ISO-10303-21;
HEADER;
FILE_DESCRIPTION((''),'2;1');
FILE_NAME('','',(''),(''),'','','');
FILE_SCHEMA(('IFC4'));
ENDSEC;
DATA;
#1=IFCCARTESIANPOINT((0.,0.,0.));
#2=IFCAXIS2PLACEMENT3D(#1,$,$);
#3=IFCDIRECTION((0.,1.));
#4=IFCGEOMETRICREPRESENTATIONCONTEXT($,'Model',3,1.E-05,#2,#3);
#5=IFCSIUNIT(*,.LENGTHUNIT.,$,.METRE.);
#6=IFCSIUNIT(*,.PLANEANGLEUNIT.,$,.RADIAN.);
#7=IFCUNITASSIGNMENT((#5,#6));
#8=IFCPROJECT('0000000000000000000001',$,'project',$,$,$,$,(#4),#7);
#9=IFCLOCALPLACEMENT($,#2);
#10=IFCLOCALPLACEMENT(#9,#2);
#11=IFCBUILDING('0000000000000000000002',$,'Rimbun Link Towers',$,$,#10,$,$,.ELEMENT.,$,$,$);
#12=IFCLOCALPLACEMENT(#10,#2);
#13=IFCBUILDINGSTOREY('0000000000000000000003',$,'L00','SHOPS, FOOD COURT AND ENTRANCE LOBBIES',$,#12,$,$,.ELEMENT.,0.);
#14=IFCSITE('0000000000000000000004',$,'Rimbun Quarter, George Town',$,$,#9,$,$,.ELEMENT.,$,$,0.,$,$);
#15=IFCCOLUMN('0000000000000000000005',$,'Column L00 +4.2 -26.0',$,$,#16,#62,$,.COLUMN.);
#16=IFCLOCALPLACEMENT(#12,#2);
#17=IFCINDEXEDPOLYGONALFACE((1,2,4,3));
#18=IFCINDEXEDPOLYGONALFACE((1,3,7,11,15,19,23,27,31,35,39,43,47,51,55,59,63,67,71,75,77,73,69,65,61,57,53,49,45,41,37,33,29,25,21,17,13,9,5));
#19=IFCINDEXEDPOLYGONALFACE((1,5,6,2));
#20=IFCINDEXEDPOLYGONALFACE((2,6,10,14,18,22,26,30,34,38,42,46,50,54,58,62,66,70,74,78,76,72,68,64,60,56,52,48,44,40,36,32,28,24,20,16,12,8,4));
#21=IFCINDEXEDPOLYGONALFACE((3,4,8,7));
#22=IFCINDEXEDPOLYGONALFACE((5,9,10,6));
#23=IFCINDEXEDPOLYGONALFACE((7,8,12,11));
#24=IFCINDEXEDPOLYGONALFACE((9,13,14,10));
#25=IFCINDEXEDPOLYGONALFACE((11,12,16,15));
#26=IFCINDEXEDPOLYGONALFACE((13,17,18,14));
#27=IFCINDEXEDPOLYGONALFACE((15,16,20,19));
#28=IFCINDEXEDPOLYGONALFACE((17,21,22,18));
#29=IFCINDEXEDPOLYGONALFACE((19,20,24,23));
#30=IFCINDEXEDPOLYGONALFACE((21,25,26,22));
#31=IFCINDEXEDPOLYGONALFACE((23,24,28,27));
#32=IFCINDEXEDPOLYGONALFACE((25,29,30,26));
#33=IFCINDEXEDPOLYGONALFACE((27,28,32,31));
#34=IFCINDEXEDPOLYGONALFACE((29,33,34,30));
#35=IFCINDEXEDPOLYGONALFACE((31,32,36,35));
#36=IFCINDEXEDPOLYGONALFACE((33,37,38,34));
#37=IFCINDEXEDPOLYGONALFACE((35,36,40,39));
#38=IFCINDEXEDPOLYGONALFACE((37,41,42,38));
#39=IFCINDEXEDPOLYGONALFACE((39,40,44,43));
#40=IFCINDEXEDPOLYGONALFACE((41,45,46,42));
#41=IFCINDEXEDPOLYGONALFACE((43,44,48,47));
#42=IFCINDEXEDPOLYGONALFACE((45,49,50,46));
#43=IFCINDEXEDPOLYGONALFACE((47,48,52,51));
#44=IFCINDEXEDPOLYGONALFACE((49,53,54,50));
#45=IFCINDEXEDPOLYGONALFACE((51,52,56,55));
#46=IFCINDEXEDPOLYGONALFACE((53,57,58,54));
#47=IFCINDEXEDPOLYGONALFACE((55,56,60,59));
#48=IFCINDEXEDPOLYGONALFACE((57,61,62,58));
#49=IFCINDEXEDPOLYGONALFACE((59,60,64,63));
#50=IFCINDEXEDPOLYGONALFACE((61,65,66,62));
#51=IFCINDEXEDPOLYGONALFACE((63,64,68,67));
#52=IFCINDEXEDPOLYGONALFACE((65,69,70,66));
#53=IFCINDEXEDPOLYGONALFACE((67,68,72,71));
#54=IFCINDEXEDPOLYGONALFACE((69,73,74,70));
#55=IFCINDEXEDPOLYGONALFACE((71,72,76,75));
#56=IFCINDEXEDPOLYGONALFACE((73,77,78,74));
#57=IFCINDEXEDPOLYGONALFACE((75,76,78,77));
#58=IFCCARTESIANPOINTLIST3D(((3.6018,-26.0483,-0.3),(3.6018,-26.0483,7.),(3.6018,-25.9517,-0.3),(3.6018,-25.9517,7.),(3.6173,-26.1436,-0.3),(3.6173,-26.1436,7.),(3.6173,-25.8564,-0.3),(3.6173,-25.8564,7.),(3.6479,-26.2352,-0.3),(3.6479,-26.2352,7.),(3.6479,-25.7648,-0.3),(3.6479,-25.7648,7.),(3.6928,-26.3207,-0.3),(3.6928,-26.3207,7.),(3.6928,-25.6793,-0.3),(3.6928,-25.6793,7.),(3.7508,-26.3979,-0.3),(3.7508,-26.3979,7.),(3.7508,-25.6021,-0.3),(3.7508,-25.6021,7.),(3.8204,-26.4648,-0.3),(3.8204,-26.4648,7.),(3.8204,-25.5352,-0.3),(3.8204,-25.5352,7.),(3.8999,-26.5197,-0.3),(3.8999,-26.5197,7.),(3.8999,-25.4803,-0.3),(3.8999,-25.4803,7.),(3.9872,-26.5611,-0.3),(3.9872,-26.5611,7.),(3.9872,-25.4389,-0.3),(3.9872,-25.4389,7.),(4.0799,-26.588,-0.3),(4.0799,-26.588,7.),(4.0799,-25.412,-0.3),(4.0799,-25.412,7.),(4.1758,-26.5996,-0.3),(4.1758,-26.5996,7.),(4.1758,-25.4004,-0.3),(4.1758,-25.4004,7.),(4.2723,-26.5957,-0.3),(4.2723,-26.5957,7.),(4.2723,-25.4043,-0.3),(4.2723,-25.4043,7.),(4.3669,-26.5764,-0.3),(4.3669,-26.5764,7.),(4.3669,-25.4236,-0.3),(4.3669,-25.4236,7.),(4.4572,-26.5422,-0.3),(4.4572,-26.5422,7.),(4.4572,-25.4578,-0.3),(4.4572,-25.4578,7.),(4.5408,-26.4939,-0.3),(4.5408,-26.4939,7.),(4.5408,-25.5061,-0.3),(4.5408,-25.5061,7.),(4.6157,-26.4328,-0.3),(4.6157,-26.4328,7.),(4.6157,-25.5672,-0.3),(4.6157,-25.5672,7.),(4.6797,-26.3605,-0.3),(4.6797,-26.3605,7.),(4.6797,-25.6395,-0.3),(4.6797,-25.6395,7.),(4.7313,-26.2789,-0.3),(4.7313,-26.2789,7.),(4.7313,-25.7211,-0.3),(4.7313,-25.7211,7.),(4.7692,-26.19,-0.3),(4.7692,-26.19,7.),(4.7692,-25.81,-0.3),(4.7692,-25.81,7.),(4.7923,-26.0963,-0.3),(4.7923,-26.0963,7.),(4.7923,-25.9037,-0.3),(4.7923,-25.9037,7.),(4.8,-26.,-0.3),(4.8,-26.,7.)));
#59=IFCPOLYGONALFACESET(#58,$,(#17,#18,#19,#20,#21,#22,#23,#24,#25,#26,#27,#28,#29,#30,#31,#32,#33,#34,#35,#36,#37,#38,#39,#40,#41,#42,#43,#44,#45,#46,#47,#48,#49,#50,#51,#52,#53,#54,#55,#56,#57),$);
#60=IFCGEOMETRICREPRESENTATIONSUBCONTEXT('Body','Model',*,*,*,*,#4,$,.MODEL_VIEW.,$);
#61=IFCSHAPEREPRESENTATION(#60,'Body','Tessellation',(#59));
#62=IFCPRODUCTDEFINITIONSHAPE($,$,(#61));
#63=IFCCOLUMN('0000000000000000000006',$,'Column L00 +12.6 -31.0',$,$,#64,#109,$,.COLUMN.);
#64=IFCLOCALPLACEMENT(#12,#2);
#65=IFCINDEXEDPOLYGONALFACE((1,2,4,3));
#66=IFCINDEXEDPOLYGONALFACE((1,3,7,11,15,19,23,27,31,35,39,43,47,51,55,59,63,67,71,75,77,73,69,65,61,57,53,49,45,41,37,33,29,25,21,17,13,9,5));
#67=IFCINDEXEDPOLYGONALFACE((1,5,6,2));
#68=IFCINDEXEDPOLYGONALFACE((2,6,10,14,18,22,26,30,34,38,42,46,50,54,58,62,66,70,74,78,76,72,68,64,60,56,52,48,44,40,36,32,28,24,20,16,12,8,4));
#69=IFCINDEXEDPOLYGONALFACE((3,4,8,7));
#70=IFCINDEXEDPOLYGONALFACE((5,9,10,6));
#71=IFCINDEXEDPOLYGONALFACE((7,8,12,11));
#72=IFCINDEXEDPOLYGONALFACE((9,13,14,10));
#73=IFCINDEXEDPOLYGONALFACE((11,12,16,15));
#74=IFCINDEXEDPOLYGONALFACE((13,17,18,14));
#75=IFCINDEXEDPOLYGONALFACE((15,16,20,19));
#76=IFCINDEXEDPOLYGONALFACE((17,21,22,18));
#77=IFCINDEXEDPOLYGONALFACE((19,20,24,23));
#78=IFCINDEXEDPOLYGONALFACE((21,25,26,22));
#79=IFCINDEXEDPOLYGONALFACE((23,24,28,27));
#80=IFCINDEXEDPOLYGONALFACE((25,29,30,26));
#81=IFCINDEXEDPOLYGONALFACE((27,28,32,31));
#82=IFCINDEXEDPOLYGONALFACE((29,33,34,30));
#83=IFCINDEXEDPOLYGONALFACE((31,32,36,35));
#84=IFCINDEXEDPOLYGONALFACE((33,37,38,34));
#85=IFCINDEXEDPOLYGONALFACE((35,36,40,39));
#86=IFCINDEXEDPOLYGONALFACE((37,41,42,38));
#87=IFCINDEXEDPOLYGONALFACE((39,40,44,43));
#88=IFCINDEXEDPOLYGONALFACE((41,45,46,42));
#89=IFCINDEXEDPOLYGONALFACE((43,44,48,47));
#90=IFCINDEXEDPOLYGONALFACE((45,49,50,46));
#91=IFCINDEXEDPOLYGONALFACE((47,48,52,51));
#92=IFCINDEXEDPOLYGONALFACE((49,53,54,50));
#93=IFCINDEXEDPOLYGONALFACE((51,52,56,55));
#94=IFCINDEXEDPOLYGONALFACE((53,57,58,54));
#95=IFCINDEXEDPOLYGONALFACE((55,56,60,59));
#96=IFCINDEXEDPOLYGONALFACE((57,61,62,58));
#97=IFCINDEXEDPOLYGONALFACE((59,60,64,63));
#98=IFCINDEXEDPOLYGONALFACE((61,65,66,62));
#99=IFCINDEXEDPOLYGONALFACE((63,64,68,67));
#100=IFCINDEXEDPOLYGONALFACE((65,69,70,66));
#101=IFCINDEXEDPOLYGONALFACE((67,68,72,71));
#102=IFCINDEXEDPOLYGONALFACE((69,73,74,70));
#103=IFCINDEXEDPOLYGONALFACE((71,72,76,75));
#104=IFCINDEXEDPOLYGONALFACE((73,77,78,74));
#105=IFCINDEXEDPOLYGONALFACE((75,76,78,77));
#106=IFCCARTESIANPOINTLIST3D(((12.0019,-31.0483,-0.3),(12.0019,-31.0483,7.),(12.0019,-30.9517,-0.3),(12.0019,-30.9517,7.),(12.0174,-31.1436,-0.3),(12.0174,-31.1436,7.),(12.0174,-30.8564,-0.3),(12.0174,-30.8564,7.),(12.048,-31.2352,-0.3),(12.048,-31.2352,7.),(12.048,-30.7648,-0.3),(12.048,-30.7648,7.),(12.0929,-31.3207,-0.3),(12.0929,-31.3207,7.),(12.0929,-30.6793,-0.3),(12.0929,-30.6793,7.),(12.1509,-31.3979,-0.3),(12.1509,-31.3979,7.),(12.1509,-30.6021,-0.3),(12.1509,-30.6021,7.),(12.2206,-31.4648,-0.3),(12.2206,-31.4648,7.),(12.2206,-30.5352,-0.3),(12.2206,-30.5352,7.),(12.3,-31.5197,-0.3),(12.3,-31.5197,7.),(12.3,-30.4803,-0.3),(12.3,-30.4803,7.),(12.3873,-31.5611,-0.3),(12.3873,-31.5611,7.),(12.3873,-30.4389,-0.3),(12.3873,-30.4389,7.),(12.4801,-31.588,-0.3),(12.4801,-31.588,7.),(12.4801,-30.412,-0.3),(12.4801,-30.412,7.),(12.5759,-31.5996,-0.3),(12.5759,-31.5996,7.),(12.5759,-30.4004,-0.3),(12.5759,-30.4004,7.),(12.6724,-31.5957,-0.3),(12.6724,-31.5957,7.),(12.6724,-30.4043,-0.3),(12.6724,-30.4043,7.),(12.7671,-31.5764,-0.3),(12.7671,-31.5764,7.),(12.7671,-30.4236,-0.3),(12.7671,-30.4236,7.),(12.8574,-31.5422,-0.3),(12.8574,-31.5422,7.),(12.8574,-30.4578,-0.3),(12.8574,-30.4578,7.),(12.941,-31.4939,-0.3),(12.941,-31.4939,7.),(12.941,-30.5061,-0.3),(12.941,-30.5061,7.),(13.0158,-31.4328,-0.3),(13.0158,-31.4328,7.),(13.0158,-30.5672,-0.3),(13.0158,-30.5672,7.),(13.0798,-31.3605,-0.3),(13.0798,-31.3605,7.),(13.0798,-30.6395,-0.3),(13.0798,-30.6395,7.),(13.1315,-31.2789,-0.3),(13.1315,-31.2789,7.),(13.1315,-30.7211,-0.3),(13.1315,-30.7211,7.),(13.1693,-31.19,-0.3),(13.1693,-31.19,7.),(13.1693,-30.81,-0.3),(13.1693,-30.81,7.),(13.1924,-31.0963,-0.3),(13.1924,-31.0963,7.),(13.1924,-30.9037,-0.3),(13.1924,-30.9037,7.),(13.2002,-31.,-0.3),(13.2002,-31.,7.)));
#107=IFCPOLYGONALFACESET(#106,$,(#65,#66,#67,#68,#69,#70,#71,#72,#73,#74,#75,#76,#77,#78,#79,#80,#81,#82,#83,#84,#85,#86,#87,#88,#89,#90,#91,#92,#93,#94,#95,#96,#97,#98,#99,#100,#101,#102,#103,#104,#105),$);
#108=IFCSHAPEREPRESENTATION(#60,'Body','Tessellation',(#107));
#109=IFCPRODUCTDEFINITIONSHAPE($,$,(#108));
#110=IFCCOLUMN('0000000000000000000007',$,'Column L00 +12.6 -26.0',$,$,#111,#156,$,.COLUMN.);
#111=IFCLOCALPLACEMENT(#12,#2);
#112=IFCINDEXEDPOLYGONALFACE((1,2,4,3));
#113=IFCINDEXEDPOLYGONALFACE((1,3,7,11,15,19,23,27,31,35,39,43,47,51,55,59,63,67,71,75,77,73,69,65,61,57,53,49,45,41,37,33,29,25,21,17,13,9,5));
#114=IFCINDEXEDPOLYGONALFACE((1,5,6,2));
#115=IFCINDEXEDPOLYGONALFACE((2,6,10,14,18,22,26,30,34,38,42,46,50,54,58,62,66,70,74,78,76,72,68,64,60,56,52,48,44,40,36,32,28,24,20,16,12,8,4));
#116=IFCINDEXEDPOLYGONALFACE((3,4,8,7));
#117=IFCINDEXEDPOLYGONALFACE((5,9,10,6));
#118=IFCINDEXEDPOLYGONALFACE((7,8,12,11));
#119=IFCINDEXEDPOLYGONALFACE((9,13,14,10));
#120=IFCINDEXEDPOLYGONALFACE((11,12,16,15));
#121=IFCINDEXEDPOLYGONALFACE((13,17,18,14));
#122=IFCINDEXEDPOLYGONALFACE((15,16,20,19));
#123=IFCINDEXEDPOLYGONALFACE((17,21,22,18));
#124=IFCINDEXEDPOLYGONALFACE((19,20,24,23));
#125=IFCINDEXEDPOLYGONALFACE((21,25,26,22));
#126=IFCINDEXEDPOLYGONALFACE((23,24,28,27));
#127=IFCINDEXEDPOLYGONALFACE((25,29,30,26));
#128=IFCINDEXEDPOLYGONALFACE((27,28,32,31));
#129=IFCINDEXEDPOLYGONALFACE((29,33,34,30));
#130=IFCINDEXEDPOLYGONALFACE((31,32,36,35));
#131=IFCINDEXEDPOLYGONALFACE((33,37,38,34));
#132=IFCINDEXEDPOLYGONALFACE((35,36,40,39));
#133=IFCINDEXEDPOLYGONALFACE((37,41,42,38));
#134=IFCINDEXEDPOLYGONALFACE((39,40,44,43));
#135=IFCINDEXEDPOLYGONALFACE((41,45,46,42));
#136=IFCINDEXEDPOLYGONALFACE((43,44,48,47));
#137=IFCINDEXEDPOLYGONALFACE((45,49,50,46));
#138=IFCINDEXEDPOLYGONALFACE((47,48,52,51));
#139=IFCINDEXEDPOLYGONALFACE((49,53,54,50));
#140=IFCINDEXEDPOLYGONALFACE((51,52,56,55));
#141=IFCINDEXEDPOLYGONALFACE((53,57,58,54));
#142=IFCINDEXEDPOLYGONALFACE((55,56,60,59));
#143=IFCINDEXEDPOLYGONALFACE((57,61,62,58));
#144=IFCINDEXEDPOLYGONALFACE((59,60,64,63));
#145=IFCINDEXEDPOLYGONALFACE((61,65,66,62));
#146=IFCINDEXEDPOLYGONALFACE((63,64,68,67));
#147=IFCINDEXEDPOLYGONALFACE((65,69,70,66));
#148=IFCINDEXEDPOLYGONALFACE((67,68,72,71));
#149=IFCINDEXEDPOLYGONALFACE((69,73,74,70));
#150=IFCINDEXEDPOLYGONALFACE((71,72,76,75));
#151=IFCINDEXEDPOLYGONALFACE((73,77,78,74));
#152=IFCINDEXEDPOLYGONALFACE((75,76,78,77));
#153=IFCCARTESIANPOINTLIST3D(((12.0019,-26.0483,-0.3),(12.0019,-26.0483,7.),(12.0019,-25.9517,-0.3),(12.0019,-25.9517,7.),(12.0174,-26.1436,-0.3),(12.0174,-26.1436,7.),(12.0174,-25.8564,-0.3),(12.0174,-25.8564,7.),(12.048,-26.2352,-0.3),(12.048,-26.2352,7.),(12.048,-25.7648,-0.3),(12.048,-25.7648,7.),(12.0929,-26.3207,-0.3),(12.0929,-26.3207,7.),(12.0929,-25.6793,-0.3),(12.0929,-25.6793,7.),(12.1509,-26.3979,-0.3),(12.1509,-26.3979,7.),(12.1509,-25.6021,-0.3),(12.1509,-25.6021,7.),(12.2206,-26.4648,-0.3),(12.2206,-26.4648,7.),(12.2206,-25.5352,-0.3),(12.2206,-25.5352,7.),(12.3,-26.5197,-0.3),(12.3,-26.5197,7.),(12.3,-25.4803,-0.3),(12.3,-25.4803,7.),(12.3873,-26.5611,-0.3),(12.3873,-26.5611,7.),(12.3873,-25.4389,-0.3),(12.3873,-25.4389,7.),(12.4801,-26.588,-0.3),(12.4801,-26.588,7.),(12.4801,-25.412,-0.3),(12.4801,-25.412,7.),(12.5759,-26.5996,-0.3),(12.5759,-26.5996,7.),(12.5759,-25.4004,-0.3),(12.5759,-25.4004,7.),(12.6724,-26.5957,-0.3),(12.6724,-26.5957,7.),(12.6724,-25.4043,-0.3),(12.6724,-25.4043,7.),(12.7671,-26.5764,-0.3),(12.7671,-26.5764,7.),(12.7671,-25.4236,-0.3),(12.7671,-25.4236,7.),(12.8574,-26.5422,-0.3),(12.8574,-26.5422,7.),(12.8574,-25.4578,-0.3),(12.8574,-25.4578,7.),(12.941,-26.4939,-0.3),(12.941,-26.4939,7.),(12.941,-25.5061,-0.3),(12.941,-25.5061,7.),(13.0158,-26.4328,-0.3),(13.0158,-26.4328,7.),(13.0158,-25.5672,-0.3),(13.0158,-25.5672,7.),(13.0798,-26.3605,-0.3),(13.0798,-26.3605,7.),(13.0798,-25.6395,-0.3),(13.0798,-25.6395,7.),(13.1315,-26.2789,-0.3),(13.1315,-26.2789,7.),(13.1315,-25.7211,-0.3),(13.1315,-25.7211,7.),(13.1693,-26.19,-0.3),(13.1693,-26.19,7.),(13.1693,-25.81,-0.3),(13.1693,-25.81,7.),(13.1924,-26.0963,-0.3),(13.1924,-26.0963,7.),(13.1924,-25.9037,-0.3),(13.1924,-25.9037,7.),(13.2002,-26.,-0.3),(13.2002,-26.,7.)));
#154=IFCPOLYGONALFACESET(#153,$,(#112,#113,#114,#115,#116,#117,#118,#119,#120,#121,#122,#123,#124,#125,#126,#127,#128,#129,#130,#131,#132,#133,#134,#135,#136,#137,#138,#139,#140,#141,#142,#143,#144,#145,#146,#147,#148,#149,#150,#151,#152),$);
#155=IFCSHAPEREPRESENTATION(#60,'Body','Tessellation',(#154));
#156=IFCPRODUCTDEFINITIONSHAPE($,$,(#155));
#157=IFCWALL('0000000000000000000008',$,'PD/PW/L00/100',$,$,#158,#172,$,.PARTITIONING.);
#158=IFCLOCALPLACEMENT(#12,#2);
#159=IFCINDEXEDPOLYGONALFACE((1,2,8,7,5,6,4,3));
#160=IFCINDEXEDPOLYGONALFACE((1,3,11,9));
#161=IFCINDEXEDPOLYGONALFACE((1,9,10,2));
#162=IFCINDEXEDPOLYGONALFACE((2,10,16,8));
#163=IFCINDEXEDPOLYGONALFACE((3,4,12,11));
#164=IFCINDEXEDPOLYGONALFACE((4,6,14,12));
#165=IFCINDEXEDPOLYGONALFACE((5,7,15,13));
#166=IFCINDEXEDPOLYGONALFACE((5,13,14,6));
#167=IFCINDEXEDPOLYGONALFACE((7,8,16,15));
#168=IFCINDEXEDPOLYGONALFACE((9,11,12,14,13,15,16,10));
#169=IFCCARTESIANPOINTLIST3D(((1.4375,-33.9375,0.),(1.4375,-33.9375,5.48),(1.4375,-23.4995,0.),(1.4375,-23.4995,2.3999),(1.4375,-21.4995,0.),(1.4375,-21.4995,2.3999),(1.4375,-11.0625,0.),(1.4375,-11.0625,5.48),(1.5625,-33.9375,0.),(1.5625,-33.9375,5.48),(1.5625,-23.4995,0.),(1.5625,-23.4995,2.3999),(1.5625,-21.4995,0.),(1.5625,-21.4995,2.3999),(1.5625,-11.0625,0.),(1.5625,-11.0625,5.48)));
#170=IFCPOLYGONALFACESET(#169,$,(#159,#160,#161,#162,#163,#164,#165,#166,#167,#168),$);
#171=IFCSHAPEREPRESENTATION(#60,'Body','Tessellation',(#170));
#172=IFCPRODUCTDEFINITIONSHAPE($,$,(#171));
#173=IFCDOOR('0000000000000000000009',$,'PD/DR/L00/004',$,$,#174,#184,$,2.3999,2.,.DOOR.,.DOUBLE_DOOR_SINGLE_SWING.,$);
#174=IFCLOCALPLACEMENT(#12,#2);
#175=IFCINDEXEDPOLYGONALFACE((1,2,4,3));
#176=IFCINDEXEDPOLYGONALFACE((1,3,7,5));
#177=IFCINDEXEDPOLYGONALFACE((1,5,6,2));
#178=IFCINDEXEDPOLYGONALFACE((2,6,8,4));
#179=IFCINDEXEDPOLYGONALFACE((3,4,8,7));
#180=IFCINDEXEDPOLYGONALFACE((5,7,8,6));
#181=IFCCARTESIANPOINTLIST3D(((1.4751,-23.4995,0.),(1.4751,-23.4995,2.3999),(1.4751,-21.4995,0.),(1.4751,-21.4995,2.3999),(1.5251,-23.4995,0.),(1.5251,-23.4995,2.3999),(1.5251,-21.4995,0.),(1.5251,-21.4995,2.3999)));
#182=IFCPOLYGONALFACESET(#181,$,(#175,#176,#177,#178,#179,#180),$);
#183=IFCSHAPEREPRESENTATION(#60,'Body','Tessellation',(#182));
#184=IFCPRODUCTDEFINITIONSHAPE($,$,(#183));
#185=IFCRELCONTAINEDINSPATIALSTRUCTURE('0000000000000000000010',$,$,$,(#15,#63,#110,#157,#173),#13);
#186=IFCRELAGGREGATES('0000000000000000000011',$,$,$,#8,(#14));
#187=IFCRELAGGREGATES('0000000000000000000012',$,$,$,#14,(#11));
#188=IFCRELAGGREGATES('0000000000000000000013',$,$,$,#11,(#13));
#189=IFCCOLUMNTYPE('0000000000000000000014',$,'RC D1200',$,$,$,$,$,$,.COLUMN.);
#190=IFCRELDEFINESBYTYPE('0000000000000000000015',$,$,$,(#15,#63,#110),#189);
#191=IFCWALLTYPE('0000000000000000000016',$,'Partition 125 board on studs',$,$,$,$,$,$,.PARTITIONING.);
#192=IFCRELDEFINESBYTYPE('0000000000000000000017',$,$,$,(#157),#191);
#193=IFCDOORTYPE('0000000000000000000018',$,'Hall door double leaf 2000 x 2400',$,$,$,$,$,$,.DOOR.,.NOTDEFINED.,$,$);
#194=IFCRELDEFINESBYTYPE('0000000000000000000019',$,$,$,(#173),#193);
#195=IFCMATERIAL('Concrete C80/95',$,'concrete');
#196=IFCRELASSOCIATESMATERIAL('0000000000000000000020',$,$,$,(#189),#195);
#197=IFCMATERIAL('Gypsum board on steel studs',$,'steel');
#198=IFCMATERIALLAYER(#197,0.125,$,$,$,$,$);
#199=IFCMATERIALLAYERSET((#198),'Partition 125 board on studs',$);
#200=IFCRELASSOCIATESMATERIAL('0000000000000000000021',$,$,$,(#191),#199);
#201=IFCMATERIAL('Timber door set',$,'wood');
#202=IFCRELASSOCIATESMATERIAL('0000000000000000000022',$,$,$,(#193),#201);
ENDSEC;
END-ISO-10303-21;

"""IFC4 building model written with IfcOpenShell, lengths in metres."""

from ifc_helpers import new_model, si_unit, direction, frame, frame_2d, origin, origin_2d, place, context, subcontext, project, spatial, rectangle, circle, extrude, material, layer, layer_set, material_profile, profile_set, type_object, element, fill, save


model = new_model("IFC4")

# Units and contexts
model_context = context("Model", 3, precision=1e-05, world=origin(), true_north=direction((0.0, 1.0)))
body_context = subcontext(model_context, "Body", "Model", "MODEL_VIEW")
ifc_project = project(units=[si_unit("LENGTHUNIT", "METRE"), si_unit("PLANEANGLEUNIT", "RADIAN")], contexts=[model_context])

# Site, building, storey
site_placement = place(None, origin())
site = spatial("IfcSite", under=ifc_project, at=site_placement, Name="Rimbun Quarter, George Town", CompositionType="ELEMENT", RefElevation=0.0)
building_placement = place(site_placement, origin())
building = spatial("IfcBuilding", under=site, at=building_placement, Name="Rimbun Link Towers", CompositionType="ELEMENT")
storey_placement = place(building_placement, origin())
storey = spatial("IfcBuildingStorey", under=building, at=storey_placement, Name="L00", Description="SHOPS, FOOD COURT AND ENTRANCE LOBBIES", CompositionType="ELEMENT", Elevation=0.0)

# Columns
ifc_material_1 = material(Name="Concrete C80/95", Category="concrete")
ifc_material_profile_1 = material_profile(ifc_material_1, circle(Radius=0.6001, at=origin_2d()), Name="RC D1200")
ifc_profile_set_1 = profile_set([ifc_material_profile_1], Name="Concrete C80/95")
column_type = type_object("IfcColumnType", Name="RC D1200", PredefinedType="COLUMN", material=ifc_profile_set_1)
for number, where, z_axis, x_axis, name in (
    (1, (4.2, -26.0, -0.3), (0.0, 0.0, 1.0), (1.0, 0.0, 0.0), "Column L00 +4.2 -26.0"),
    (2, (12.6001, -31.0, -0.3), (0.0, 0.0, 1.0), (1.0, 0.0, 0.0), "Column L00 +12.6 -31.0"),
    (3, (12.6001, -26.0, -0.3), (0.0, 0.0, 1.0), (1.0, 0.0, 0.0), "Column L00 +12.6 -26.0"),
):
    element("IfcColumn", number, at=place(storey_placement, frame(where, z_axis=z_axis, x_axis=x_axis)), inside=storey, type_object=column_type, Name=name, PredefinedType="COLUMN", context=body_context, shape_type="SweptSolid", body=[
        extrude(circle(Radius=0.6001, at=origin_2d()), origin(), (0.0, 0.0, 1.0), 7.3),
    ])

# Wall, opening, door
ifc_material_2 = material(Name="Gypsum board on steel studs", Category="steel")
ifc_layer = layer(ifc_material_2, 0.125)
ifc_layer_set = layer_set([ifc_layer], Name="Partition 125 board on studs")
wall_type = type_object("IfcWallType", Name="Partition 125 board on studs", PredefinedType="PARTITIONING", material=ifc_layer_set)
wall_placement = place(storey_placement, frame((1.5, -33.9375, 0.0), z_axis=(0.0, 0.0, 1.0), x_axis=(0.0, 1.0, 0.0)))
wall = element("IfcWall", 4, at=wall_placement, inside=storey, type_object=wall_type, Name="PD/PW/L00/100", PredefinedType="PARTITIONING", context=body_context, shape_type="SweptSolid", body=[
    extrude(rectangle(XDim=22.875, YDim=0.125, at=frame_2d((11.4375, 0.0))), origin(), (0.0, 0.0, 1.0), 5.48),
])
opening_placement = place(wall_placement, frame((10.438, 0.0, 0.0)))
opening = element("IfcOpeningElement", 5, at=opening_placement, cuts=wall, PredefinedType="OPENING", context=body_context, shape_type="SweptSolid", body=[
    extrude(rectangle(XDim=2.0, YDim=2.3999, at=frame_2d((1.0, 1.2))), frame((0.0, 0.0725, 0.0), z_axis=(0.0, -1.0, 0.0), x_axis=(1.0, 0.0, 0.0)), (0.0, 0.0, 1.0), 0.145),
])
ifc_material_3 = material(Name="Timber door set", Category="wood")
door_type = type_object("IfcDoorType", Name="Hall door double leaf 2000 x 2400", OperationType="NOTDEFINED", PredefinedType="DOOR", material=ifc_material_3)
door_placement = place(opening_placement, origin())
door = element("IfcDoor", 6, at=door_placement, inside=storey, type_object=door_type, Name="PD/DR/L00/004", OperationType="DOUBLE_DOOR_SINGLE_SWING", OverallHeight=2.3999, OverallWidth=2.0, PredefinedType="DOOR", context=body_context, shape_type="SweptSolid", body=[
    extrude(rectangle(XDim=2.0, YDim=2.3999, at=frame_2d((1.0, 1.2))), frame((0.0, 0.0249, 0.0), z_axis=(0.0, -1.0, 0.0), x_axis=(1.0, 0.0, 0.0)), (0.0, 0.0, 1.0), 0.05),
])
fill(opening, door)

save(model, "model.ifc")
